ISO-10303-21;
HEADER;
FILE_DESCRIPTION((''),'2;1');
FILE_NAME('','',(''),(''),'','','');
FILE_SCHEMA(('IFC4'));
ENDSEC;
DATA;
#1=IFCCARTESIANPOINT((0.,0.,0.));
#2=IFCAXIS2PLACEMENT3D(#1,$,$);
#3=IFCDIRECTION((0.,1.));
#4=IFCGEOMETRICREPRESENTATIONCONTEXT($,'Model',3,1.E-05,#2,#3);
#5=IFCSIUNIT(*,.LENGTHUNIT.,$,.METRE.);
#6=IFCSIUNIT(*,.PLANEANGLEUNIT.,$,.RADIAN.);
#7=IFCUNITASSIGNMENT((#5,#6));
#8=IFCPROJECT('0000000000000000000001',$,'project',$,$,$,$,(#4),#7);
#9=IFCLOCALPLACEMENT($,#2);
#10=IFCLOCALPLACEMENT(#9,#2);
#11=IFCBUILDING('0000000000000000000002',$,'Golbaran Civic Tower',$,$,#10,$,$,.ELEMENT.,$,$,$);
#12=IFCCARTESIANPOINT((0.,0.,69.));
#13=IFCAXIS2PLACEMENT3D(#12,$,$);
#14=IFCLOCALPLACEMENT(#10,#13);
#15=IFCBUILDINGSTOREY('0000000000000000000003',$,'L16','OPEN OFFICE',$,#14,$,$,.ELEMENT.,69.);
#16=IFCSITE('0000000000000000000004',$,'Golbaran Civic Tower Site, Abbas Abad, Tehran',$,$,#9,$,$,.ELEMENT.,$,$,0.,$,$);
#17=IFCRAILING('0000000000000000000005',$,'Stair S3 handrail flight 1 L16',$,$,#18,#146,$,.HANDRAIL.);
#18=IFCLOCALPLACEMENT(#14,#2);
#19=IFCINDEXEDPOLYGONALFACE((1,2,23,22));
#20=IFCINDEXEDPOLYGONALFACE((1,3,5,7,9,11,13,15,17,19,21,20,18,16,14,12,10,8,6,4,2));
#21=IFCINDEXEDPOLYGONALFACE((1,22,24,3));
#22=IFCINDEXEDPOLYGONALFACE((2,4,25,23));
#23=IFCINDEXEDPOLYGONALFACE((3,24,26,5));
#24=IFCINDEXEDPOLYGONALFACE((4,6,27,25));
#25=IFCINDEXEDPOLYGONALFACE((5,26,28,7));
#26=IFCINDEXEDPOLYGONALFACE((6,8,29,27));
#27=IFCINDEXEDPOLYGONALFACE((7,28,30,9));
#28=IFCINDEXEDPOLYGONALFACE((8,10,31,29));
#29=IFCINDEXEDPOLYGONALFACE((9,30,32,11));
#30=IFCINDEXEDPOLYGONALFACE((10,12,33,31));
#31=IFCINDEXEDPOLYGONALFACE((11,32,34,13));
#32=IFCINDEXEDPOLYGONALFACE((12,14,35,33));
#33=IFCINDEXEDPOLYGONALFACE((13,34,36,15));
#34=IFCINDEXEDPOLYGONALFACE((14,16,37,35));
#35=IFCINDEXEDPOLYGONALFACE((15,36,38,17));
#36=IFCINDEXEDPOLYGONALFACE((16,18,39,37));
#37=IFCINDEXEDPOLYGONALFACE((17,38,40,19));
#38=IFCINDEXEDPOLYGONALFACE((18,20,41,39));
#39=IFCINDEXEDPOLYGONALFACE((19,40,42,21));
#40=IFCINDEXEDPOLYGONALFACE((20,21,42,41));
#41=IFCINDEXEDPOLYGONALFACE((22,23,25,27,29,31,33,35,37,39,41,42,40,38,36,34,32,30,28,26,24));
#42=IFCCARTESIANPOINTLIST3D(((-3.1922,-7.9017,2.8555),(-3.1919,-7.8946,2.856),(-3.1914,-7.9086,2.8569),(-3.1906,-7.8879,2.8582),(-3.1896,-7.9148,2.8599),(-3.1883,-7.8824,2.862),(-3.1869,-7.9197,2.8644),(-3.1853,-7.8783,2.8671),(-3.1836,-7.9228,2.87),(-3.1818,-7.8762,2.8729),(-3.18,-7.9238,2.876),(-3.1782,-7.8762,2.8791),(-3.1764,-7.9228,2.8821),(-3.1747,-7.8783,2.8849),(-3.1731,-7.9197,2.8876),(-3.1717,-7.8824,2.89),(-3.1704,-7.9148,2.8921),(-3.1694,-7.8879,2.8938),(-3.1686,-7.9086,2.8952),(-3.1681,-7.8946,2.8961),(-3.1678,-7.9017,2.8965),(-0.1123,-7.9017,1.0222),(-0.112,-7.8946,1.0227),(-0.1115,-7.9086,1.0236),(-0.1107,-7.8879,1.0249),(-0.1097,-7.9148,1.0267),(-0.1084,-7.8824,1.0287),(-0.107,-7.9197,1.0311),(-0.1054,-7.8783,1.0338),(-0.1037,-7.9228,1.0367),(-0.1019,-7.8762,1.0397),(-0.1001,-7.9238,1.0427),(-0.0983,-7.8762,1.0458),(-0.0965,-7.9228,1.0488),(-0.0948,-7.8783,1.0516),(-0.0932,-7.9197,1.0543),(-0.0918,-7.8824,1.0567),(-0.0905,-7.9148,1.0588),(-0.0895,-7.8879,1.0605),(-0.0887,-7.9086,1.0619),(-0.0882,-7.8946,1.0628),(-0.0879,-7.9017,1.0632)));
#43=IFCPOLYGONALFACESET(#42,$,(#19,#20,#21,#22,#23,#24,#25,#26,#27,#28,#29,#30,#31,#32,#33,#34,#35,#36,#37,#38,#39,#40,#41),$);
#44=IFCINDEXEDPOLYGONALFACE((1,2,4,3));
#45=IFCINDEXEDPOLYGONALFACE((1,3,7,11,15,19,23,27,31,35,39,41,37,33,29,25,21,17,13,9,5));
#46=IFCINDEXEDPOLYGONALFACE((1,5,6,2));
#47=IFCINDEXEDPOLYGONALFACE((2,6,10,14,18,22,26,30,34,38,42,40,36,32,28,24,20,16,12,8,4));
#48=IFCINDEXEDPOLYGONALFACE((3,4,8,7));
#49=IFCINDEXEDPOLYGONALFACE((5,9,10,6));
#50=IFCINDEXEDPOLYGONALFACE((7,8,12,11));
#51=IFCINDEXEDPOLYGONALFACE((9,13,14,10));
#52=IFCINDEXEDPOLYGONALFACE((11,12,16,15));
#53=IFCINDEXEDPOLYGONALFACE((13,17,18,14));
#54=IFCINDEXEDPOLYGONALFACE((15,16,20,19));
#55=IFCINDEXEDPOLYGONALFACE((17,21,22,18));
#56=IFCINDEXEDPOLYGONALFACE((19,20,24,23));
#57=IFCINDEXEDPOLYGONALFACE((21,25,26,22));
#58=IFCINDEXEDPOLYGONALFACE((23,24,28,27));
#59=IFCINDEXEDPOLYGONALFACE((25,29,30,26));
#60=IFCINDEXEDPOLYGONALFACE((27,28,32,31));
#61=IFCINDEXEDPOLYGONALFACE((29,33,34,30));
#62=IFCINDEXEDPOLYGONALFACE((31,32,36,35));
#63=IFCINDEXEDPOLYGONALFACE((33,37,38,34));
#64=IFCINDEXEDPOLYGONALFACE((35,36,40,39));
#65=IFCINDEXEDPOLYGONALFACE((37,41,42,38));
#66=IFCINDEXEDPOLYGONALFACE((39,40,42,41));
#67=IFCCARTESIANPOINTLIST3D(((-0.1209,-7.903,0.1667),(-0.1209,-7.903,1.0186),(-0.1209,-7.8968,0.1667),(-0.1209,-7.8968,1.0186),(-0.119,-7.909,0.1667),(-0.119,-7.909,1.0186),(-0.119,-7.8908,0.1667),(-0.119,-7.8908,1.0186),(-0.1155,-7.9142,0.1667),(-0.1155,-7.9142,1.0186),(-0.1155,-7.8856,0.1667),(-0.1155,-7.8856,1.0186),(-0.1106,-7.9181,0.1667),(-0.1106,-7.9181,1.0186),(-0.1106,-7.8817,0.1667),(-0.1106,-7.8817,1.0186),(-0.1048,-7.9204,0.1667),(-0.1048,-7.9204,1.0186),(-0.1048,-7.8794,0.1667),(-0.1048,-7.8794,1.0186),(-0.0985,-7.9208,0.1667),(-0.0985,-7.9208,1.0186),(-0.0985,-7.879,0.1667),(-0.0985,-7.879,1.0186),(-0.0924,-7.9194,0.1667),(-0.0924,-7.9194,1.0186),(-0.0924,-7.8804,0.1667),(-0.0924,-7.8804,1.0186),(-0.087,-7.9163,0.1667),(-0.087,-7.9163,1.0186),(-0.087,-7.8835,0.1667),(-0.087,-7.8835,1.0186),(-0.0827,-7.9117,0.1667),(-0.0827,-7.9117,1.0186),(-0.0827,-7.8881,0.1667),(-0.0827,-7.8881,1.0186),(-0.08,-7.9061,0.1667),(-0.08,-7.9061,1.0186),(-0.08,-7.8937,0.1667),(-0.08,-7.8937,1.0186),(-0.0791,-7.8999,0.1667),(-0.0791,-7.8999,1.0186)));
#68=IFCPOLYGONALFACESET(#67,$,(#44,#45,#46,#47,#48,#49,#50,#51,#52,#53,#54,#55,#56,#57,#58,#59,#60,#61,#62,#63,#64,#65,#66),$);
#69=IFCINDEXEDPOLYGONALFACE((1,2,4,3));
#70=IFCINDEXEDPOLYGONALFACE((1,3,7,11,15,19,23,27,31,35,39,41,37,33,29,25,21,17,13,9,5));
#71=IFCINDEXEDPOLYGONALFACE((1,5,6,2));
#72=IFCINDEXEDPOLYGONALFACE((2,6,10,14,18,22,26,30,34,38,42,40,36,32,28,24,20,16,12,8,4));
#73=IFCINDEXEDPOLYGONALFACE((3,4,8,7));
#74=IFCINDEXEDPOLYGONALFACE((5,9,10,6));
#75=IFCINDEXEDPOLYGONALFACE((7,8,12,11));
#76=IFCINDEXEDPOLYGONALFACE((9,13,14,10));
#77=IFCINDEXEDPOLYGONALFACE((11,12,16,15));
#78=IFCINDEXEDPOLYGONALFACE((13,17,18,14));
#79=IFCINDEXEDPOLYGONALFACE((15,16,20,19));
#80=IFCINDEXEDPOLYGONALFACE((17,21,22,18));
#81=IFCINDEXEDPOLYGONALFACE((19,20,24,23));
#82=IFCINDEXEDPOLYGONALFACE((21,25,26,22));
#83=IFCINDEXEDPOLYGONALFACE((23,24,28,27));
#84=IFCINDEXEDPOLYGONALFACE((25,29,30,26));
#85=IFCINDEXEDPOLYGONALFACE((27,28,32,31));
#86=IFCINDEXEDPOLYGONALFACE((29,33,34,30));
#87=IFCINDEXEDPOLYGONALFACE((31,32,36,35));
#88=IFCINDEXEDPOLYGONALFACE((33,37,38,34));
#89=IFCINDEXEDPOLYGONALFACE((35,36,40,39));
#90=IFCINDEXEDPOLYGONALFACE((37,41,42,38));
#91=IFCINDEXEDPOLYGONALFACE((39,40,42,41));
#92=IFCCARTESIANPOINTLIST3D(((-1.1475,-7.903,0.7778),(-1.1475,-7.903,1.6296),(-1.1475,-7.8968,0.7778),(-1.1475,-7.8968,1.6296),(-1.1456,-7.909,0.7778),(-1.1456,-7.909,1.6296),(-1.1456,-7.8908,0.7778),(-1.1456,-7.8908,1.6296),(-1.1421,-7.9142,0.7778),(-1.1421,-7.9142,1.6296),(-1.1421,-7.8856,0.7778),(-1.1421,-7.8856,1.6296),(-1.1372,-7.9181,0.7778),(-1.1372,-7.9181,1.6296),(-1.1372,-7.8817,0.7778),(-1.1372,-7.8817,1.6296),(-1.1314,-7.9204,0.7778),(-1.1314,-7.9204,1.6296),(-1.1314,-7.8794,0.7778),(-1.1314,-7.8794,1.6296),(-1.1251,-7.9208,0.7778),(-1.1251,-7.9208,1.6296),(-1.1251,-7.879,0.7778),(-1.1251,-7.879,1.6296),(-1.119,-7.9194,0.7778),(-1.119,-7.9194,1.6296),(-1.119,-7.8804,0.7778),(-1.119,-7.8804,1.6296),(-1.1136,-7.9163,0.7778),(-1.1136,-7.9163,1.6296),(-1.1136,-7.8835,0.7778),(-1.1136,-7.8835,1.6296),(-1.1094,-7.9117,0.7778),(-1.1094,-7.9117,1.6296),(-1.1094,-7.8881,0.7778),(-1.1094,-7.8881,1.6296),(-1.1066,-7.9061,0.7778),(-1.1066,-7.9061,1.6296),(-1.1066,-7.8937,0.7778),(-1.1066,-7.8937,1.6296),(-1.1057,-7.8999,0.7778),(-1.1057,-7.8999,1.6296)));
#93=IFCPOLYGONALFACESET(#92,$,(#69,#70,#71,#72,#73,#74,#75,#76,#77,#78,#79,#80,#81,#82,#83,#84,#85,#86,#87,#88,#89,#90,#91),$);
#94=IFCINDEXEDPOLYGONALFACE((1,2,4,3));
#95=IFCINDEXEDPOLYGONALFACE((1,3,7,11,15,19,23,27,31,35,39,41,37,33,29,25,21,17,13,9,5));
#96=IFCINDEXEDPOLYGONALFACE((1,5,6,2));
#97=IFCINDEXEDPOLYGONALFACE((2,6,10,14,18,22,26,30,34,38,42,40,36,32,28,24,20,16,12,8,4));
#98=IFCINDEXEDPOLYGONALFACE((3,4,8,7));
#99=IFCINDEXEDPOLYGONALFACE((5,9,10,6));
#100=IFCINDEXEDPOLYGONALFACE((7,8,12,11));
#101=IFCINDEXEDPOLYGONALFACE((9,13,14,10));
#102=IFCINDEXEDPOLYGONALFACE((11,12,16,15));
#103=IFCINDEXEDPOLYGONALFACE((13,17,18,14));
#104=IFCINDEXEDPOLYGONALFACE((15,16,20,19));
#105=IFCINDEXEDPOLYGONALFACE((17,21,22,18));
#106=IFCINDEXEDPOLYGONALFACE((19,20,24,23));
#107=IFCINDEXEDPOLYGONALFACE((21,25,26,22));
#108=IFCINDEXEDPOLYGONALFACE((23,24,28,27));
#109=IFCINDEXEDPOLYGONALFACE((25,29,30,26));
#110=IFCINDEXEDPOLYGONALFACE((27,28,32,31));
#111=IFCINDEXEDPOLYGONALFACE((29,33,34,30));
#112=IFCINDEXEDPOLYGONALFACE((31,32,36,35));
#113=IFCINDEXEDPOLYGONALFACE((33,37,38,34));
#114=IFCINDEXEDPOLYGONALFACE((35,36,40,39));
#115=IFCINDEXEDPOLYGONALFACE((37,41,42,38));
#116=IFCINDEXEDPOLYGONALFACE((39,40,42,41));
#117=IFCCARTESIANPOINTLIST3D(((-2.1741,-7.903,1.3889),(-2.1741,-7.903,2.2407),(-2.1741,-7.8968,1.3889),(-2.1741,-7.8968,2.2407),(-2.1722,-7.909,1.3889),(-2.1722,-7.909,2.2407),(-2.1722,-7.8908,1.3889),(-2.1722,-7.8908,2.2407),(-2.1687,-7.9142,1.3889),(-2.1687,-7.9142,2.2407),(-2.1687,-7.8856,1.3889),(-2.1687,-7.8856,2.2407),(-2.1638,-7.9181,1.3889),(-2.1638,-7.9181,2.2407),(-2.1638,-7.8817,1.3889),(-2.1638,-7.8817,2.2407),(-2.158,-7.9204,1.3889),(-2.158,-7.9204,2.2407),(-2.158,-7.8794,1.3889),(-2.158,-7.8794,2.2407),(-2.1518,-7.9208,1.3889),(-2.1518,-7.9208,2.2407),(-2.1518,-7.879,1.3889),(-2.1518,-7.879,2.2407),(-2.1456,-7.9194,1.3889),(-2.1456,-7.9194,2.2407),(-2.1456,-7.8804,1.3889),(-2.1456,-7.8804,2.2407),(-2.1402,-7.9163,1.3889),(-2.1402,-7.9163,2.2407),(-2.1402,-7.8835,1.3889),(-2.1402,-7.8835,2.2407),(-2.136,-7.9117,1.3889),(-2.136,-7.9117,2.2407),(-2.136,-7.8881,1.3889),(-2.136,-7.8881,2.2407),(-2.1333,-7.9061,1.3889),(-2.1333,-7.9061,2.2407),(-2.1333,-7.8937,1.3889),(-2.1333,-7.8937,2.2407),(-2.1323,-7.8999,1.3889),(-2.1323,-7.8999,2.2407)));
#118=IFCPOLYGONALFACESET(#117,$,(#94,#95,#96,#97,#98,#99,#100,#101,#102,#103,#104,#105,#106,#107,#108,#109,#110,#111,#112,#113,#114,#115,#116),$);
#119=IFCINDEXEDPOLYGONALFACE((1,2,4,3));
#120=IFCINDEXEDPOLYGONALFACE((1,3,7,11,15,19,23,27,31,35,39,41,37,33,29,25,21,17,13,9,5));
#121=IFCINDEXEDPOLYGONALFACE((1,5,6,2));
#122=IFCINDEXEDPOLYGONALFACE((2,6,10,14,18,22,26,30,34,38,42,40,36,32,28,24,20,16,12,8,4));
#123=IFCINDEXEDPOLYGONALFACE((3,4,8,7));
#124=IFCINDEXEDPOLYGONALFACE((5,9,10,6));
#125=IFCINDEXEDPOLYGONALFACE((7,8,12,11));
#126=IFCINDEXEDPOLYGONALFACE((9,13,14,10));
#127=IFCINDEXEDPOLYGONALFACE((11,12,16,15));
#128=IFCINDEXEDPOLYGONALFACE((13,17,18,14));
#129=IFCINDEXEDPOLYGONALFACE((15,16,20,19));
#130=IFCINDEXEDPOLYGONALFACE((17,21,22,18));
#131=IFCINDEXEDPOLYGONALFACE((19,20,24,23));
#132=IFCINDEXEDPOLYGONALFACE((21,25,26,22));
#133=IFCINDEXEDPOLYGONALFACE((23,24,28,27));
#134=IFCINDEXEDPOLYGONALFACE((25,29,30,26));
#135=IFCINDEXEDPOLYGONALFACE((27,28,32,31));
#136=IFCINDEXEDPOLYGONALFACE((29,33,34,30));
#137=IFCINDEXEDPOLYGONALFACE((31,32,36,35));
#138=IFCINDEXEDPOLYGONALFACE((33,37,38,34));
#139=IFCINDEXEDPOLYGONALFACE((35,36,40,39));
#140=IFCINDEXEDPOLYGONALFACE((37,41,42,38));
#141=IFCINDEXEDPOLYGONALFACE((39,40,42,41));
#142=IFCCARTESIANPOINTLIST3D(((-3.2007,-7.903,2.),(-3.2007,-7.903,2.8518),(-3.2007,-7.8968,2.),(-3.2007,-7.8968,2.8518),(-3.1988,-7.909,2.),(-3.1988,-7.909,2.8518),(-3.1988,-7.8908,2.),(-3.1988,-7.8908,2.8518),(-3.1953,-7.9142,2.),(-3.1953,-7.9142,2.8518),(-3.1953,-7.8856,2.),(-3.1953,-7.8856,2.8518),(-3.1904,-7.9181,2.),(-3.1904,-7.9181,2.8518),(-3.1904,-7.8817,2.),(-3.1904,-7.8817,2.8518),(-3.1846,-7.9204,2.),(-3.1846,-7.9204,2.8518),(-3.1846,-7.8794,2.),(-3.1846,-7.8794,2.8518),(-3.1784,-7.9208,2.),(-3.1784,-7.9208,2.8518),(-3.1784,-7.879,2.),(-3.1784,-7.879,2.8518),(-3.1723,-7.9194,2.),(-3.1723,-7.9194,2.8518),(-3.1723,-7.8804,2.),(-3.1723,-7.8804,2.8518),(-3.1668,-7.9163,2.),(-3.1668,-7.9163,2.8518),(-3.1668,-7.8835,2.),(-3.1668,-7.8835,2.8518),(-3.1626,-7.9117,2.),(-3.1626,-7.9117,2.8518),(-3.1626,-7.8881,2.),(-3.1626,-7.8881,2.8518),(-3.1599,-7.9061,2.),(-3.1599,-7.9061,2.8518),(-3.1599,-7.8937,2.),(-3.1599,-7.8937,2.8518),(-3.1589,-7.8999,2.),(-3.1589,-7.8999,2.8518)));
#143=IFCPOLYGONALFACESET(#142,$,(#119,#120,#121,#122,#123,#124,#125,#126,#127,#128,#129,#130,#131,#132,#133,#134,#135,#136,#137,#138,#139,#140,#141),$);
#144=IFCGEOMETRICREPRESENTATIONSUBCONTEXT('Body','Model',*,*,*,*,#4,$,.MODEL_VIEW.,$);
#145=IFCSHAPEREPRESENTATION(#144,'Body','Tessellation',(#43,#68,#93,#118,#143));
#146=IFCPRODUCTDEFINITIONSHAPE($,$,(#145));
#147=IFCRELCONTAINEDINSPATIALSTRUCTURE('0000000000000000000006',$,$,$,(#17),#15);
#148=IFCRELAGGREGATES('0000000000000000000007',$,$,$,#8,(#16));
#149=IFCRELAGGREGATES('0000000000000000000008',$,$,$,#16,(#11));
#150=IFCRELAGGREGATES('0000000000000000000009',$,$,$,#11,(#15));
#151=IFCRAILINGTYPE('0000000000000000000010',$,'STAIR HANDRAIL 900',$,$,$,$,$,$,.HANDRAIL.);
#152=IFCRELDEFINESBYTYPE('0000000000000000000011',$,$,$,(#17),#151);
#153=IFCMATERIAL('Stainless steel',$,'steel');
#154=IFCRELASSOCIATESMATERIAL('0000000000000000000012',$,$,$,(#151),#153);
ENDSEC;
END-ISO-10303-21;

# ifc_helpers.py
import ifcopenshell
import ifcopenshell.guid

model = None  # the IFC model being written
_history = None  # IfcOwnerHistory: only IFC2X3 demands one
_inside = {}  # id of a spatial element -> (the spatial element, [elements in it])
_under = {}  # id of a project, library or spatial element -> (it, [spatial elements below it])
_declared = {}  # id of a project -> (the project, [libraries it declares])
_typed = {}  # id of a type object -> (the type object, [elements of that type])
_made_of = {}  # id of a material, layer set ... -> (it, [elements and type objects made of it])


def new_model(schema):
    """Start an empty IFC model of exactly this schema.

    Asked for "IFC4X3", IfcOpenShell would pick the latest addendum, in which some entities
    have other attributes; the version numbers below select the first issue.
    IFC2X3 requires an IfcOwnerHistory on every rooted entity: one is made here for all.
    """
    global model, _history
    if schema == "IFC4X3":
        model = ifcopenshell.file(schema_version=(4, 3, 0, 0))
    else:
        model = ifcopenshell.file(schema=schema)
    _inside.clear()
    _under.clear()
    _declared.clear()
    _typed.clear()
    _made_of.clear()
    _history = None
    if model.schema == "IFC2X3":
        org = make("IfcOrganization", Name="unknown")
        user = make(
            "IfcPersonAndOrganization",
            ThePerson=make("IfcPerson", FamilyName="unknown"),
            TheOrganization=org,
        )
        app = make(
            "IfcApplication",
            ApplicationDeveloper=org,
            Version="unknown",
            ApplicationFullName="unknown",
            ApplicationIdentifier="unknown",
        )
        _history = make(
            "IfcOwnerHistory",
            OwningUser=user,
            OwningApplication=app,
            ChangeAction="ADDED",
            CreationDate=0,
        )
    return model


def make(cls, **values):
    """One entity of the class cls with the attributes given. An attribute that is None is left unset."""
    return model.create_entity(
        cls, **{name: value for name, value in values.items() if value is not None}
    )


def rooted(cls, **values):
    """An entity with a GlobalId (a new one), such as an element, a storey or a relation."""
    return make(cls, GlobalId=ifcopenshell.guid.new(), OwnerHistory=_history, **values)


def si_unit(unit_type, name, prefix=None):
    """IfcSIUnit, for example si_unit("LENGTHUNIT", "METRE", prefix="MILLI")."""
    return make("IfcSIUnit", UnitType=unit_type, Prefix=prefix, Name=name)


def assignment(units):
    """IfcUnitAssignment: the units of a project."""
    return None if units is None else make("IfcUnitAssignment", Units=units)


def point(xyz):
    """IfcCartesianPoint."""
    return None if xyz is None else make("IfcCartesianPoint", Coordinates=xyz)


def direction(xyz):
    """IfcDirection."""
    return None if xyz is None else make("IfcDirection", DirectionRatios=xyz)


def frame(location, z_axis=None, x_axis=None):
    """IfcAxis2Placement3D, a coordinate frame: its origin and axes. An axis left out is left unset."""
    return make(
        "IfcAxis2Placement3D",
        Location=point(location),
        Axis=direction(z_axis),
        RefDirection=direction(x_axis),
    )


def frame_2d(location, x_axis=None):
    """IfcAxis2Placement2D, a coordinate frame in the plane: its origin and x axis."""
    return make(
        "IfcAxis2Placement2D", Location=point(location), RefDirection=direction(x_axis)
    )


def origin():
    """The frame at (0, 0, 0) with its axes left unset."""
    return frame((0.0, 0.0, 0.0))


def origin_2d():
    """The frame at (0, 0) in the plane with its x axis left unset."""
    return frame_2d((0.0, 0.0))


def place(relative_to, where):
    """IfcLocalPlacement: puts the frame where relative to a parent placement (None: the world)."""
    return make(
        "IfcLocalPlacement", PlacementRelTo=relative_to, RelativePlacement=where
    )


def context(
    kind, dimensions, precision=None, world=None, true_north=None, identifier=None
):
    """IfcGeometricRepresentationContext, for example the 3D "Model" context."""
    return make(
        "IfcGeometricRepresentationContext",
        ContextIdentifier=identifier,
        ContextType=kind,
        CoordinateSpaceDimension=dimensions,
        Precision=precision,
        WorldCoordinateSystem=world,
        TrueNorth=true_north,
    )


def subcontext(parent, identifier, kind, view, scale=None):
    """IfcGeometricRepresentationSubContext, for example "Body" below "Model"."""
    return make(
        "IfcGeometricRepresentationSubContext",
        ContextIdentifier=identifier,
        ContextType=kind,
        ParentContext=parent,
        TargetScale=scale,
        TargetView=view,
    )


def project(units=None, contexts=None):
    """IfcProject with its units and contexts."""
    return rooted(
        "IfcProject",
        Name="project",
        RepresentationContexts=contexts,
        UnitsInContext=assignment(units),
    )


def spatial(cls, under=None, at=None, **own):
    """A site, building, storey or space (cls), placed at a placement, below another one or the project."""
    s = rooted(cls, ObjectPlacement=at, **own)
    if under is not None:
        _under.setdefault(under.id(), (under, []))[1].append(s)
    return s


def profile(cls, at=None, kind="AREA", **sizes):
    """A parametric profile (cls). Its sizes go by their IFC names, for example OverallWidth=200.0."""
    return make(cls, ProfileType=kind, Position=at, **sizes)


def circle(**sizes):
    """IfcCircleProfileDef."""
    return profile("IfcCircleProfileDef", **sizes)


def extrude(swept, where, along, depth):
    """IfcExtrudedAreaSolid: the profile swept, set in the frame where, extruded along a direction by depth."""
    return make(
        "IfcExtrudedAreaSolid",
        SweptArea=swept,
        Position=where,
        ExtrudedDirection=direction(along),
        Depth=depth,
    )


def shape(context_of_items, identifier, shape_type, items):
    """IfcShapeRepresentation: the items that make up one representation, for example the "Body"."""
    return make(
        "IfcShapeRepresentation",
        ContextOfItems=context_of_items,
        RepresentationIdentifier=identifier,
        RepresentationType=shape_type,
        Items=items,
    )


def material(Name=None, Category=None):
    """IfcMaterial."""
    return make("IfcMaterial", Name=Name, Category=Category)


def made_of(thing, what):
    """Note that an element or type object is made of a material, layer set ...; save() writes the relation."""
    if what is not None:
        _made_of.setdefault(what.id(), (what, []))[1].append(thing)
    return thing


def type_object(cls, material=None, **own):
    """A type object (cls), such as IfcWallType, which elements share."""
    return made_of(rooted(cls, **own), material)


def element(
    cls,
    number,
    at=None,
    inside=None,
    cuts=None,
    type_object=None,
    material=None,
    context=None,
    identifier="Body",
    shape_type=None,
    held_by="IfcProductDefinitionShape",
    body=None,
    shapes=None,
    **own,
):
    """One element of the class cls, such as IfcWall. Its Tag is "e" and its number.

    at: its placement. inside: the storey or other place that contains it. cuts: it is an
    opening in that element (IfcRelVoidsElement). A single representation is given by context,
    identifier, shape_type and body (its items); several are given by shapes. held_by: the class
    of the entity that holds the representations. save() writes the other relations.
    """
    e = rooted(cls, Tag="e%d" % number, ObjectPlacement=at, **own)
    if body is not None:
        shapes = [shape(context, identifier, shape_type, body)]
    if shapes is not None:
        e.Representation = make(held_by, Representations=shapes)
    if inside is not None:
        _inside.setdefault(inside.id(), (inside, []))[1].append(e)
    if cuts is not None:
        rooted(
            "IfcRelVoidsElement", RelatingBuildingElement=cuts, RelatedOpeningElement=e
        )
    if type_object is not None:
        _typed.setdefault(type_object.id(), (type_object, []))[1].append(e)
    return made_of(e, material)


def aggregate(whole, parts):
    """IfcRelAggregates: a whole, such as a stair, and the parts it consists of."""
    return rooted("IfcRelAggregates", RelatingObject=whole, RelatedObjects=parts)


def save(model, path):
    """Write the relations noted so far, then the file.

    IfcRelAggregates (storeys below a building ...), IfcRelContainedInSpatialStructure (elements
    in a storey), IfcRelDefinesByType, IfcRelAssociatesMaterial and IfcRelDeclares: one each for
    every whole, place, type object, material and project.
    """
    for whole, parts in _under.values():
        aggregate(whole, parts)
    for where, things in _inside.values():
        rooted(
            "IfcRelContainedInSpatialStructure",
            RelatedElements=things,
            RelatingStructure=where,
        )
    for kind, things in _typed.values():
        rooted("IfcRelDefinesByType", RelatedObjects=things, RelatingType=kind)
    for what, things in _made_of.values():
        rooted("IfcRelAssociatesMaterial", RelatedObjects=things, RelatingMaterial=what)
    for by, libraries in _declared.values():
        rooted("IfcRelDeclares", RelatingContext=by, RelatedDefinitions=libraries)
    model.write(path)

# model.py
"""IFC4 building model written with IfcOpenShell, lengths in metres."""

from ifc_helpers import new_model, si_unit, direction, frame, origin, origin_2d, place, context, subcontext, project, spatial, circle, extrude, material, type_object, element, save


model = new_model("IFC4")

# Units and contexts
model_context = context("Model", 3, precision=1e-05, world=origin(), true_north=direction((0.0, 1.0)))
body_context = subcontext(model_context, "Body", "Model", "MODEL_VIEW")
ifc_project = project(units=[si_unit("LENGTHUNIT", "METRE"), si_unit("PLANEANGLEUNIT", "RADIAN")], contexts=[model_context])

# Site, building, storey
site_placement = place(None, origin())
site = spatial("IfcSite", under=ifc_project, at=site_placement, Name="Golbaran Civic Tower Site, Abbas Abad, Tehran", CompositionType="ELEMENT", RefElevation=0.0)
building_placement = place(site_placement, origin())
building = spatial("IfcBuilding", under=site, at=building_placement, Name="Golbaran Civic Tower", CompositionType="ELEMENT")
storey_placement = place(building_placement, frame((0.0, 0.0, 69.0)))
storey = spatial("IfcBuildingStorey", under=building, at=storey_placement, Name="L16", Description="OPEN OFFICE", CompositionType="ELEMENT", Elevation=69.0)

# Shared definitions
ifc_material_1 = material(Name="Stainless steel", Category="steel")

# Railing
railing_type = type_object("IfcRailingType", Name="STAIR HANDRAIL 900", PredefinedType="HANDRAIL", material=ifc_material_1)
railing_1_placement = place(storey_placement, frame((-0.1001, -7.8999, 0.1667)))
element("IfcRailing", 1, at=railing_1_placement, inside=storey, type_object=railing_type, Name="Stair S3 handrail flight 1 L16", PredefinedType="HANDRAIL", context=body_context, shape_type="SweptSolid", body=[
    extrude(circle(Radius=0.0239, at=origin_2d()), frame((0.0, 0.0, 0.876), z_axis=(-0.859291, 0.0, 0.511487), x_axis=(0.0, -1.0, 0.0)), (0.0, 0.0, 1.0), 3.5842),
    extrude(circle(Radius=0.021, at=origin_2d()), origin(), (0.0, 0.0, 1.0), 0.8518),
    extrude(circle(Radius=0.021, at=origin_2d()), frame((-1.0266, 0.0, 0.6111)), (0.0, 0.0, 1.0), 0.8518),
    extrude(circle(Radius=0.021, at=origin_2d()), frame((-2.0532, 0.0, 1.2222)), (0.0, 0.0, 1.0), 0.8518),
    extrude(circle(Radius=0.021, at=origin_2d()), frame((-3.0798, 0.0, 1.8333)), (0.0, 0.0, 1.0), 0.8518),
])

save(model, "model.ifc")
